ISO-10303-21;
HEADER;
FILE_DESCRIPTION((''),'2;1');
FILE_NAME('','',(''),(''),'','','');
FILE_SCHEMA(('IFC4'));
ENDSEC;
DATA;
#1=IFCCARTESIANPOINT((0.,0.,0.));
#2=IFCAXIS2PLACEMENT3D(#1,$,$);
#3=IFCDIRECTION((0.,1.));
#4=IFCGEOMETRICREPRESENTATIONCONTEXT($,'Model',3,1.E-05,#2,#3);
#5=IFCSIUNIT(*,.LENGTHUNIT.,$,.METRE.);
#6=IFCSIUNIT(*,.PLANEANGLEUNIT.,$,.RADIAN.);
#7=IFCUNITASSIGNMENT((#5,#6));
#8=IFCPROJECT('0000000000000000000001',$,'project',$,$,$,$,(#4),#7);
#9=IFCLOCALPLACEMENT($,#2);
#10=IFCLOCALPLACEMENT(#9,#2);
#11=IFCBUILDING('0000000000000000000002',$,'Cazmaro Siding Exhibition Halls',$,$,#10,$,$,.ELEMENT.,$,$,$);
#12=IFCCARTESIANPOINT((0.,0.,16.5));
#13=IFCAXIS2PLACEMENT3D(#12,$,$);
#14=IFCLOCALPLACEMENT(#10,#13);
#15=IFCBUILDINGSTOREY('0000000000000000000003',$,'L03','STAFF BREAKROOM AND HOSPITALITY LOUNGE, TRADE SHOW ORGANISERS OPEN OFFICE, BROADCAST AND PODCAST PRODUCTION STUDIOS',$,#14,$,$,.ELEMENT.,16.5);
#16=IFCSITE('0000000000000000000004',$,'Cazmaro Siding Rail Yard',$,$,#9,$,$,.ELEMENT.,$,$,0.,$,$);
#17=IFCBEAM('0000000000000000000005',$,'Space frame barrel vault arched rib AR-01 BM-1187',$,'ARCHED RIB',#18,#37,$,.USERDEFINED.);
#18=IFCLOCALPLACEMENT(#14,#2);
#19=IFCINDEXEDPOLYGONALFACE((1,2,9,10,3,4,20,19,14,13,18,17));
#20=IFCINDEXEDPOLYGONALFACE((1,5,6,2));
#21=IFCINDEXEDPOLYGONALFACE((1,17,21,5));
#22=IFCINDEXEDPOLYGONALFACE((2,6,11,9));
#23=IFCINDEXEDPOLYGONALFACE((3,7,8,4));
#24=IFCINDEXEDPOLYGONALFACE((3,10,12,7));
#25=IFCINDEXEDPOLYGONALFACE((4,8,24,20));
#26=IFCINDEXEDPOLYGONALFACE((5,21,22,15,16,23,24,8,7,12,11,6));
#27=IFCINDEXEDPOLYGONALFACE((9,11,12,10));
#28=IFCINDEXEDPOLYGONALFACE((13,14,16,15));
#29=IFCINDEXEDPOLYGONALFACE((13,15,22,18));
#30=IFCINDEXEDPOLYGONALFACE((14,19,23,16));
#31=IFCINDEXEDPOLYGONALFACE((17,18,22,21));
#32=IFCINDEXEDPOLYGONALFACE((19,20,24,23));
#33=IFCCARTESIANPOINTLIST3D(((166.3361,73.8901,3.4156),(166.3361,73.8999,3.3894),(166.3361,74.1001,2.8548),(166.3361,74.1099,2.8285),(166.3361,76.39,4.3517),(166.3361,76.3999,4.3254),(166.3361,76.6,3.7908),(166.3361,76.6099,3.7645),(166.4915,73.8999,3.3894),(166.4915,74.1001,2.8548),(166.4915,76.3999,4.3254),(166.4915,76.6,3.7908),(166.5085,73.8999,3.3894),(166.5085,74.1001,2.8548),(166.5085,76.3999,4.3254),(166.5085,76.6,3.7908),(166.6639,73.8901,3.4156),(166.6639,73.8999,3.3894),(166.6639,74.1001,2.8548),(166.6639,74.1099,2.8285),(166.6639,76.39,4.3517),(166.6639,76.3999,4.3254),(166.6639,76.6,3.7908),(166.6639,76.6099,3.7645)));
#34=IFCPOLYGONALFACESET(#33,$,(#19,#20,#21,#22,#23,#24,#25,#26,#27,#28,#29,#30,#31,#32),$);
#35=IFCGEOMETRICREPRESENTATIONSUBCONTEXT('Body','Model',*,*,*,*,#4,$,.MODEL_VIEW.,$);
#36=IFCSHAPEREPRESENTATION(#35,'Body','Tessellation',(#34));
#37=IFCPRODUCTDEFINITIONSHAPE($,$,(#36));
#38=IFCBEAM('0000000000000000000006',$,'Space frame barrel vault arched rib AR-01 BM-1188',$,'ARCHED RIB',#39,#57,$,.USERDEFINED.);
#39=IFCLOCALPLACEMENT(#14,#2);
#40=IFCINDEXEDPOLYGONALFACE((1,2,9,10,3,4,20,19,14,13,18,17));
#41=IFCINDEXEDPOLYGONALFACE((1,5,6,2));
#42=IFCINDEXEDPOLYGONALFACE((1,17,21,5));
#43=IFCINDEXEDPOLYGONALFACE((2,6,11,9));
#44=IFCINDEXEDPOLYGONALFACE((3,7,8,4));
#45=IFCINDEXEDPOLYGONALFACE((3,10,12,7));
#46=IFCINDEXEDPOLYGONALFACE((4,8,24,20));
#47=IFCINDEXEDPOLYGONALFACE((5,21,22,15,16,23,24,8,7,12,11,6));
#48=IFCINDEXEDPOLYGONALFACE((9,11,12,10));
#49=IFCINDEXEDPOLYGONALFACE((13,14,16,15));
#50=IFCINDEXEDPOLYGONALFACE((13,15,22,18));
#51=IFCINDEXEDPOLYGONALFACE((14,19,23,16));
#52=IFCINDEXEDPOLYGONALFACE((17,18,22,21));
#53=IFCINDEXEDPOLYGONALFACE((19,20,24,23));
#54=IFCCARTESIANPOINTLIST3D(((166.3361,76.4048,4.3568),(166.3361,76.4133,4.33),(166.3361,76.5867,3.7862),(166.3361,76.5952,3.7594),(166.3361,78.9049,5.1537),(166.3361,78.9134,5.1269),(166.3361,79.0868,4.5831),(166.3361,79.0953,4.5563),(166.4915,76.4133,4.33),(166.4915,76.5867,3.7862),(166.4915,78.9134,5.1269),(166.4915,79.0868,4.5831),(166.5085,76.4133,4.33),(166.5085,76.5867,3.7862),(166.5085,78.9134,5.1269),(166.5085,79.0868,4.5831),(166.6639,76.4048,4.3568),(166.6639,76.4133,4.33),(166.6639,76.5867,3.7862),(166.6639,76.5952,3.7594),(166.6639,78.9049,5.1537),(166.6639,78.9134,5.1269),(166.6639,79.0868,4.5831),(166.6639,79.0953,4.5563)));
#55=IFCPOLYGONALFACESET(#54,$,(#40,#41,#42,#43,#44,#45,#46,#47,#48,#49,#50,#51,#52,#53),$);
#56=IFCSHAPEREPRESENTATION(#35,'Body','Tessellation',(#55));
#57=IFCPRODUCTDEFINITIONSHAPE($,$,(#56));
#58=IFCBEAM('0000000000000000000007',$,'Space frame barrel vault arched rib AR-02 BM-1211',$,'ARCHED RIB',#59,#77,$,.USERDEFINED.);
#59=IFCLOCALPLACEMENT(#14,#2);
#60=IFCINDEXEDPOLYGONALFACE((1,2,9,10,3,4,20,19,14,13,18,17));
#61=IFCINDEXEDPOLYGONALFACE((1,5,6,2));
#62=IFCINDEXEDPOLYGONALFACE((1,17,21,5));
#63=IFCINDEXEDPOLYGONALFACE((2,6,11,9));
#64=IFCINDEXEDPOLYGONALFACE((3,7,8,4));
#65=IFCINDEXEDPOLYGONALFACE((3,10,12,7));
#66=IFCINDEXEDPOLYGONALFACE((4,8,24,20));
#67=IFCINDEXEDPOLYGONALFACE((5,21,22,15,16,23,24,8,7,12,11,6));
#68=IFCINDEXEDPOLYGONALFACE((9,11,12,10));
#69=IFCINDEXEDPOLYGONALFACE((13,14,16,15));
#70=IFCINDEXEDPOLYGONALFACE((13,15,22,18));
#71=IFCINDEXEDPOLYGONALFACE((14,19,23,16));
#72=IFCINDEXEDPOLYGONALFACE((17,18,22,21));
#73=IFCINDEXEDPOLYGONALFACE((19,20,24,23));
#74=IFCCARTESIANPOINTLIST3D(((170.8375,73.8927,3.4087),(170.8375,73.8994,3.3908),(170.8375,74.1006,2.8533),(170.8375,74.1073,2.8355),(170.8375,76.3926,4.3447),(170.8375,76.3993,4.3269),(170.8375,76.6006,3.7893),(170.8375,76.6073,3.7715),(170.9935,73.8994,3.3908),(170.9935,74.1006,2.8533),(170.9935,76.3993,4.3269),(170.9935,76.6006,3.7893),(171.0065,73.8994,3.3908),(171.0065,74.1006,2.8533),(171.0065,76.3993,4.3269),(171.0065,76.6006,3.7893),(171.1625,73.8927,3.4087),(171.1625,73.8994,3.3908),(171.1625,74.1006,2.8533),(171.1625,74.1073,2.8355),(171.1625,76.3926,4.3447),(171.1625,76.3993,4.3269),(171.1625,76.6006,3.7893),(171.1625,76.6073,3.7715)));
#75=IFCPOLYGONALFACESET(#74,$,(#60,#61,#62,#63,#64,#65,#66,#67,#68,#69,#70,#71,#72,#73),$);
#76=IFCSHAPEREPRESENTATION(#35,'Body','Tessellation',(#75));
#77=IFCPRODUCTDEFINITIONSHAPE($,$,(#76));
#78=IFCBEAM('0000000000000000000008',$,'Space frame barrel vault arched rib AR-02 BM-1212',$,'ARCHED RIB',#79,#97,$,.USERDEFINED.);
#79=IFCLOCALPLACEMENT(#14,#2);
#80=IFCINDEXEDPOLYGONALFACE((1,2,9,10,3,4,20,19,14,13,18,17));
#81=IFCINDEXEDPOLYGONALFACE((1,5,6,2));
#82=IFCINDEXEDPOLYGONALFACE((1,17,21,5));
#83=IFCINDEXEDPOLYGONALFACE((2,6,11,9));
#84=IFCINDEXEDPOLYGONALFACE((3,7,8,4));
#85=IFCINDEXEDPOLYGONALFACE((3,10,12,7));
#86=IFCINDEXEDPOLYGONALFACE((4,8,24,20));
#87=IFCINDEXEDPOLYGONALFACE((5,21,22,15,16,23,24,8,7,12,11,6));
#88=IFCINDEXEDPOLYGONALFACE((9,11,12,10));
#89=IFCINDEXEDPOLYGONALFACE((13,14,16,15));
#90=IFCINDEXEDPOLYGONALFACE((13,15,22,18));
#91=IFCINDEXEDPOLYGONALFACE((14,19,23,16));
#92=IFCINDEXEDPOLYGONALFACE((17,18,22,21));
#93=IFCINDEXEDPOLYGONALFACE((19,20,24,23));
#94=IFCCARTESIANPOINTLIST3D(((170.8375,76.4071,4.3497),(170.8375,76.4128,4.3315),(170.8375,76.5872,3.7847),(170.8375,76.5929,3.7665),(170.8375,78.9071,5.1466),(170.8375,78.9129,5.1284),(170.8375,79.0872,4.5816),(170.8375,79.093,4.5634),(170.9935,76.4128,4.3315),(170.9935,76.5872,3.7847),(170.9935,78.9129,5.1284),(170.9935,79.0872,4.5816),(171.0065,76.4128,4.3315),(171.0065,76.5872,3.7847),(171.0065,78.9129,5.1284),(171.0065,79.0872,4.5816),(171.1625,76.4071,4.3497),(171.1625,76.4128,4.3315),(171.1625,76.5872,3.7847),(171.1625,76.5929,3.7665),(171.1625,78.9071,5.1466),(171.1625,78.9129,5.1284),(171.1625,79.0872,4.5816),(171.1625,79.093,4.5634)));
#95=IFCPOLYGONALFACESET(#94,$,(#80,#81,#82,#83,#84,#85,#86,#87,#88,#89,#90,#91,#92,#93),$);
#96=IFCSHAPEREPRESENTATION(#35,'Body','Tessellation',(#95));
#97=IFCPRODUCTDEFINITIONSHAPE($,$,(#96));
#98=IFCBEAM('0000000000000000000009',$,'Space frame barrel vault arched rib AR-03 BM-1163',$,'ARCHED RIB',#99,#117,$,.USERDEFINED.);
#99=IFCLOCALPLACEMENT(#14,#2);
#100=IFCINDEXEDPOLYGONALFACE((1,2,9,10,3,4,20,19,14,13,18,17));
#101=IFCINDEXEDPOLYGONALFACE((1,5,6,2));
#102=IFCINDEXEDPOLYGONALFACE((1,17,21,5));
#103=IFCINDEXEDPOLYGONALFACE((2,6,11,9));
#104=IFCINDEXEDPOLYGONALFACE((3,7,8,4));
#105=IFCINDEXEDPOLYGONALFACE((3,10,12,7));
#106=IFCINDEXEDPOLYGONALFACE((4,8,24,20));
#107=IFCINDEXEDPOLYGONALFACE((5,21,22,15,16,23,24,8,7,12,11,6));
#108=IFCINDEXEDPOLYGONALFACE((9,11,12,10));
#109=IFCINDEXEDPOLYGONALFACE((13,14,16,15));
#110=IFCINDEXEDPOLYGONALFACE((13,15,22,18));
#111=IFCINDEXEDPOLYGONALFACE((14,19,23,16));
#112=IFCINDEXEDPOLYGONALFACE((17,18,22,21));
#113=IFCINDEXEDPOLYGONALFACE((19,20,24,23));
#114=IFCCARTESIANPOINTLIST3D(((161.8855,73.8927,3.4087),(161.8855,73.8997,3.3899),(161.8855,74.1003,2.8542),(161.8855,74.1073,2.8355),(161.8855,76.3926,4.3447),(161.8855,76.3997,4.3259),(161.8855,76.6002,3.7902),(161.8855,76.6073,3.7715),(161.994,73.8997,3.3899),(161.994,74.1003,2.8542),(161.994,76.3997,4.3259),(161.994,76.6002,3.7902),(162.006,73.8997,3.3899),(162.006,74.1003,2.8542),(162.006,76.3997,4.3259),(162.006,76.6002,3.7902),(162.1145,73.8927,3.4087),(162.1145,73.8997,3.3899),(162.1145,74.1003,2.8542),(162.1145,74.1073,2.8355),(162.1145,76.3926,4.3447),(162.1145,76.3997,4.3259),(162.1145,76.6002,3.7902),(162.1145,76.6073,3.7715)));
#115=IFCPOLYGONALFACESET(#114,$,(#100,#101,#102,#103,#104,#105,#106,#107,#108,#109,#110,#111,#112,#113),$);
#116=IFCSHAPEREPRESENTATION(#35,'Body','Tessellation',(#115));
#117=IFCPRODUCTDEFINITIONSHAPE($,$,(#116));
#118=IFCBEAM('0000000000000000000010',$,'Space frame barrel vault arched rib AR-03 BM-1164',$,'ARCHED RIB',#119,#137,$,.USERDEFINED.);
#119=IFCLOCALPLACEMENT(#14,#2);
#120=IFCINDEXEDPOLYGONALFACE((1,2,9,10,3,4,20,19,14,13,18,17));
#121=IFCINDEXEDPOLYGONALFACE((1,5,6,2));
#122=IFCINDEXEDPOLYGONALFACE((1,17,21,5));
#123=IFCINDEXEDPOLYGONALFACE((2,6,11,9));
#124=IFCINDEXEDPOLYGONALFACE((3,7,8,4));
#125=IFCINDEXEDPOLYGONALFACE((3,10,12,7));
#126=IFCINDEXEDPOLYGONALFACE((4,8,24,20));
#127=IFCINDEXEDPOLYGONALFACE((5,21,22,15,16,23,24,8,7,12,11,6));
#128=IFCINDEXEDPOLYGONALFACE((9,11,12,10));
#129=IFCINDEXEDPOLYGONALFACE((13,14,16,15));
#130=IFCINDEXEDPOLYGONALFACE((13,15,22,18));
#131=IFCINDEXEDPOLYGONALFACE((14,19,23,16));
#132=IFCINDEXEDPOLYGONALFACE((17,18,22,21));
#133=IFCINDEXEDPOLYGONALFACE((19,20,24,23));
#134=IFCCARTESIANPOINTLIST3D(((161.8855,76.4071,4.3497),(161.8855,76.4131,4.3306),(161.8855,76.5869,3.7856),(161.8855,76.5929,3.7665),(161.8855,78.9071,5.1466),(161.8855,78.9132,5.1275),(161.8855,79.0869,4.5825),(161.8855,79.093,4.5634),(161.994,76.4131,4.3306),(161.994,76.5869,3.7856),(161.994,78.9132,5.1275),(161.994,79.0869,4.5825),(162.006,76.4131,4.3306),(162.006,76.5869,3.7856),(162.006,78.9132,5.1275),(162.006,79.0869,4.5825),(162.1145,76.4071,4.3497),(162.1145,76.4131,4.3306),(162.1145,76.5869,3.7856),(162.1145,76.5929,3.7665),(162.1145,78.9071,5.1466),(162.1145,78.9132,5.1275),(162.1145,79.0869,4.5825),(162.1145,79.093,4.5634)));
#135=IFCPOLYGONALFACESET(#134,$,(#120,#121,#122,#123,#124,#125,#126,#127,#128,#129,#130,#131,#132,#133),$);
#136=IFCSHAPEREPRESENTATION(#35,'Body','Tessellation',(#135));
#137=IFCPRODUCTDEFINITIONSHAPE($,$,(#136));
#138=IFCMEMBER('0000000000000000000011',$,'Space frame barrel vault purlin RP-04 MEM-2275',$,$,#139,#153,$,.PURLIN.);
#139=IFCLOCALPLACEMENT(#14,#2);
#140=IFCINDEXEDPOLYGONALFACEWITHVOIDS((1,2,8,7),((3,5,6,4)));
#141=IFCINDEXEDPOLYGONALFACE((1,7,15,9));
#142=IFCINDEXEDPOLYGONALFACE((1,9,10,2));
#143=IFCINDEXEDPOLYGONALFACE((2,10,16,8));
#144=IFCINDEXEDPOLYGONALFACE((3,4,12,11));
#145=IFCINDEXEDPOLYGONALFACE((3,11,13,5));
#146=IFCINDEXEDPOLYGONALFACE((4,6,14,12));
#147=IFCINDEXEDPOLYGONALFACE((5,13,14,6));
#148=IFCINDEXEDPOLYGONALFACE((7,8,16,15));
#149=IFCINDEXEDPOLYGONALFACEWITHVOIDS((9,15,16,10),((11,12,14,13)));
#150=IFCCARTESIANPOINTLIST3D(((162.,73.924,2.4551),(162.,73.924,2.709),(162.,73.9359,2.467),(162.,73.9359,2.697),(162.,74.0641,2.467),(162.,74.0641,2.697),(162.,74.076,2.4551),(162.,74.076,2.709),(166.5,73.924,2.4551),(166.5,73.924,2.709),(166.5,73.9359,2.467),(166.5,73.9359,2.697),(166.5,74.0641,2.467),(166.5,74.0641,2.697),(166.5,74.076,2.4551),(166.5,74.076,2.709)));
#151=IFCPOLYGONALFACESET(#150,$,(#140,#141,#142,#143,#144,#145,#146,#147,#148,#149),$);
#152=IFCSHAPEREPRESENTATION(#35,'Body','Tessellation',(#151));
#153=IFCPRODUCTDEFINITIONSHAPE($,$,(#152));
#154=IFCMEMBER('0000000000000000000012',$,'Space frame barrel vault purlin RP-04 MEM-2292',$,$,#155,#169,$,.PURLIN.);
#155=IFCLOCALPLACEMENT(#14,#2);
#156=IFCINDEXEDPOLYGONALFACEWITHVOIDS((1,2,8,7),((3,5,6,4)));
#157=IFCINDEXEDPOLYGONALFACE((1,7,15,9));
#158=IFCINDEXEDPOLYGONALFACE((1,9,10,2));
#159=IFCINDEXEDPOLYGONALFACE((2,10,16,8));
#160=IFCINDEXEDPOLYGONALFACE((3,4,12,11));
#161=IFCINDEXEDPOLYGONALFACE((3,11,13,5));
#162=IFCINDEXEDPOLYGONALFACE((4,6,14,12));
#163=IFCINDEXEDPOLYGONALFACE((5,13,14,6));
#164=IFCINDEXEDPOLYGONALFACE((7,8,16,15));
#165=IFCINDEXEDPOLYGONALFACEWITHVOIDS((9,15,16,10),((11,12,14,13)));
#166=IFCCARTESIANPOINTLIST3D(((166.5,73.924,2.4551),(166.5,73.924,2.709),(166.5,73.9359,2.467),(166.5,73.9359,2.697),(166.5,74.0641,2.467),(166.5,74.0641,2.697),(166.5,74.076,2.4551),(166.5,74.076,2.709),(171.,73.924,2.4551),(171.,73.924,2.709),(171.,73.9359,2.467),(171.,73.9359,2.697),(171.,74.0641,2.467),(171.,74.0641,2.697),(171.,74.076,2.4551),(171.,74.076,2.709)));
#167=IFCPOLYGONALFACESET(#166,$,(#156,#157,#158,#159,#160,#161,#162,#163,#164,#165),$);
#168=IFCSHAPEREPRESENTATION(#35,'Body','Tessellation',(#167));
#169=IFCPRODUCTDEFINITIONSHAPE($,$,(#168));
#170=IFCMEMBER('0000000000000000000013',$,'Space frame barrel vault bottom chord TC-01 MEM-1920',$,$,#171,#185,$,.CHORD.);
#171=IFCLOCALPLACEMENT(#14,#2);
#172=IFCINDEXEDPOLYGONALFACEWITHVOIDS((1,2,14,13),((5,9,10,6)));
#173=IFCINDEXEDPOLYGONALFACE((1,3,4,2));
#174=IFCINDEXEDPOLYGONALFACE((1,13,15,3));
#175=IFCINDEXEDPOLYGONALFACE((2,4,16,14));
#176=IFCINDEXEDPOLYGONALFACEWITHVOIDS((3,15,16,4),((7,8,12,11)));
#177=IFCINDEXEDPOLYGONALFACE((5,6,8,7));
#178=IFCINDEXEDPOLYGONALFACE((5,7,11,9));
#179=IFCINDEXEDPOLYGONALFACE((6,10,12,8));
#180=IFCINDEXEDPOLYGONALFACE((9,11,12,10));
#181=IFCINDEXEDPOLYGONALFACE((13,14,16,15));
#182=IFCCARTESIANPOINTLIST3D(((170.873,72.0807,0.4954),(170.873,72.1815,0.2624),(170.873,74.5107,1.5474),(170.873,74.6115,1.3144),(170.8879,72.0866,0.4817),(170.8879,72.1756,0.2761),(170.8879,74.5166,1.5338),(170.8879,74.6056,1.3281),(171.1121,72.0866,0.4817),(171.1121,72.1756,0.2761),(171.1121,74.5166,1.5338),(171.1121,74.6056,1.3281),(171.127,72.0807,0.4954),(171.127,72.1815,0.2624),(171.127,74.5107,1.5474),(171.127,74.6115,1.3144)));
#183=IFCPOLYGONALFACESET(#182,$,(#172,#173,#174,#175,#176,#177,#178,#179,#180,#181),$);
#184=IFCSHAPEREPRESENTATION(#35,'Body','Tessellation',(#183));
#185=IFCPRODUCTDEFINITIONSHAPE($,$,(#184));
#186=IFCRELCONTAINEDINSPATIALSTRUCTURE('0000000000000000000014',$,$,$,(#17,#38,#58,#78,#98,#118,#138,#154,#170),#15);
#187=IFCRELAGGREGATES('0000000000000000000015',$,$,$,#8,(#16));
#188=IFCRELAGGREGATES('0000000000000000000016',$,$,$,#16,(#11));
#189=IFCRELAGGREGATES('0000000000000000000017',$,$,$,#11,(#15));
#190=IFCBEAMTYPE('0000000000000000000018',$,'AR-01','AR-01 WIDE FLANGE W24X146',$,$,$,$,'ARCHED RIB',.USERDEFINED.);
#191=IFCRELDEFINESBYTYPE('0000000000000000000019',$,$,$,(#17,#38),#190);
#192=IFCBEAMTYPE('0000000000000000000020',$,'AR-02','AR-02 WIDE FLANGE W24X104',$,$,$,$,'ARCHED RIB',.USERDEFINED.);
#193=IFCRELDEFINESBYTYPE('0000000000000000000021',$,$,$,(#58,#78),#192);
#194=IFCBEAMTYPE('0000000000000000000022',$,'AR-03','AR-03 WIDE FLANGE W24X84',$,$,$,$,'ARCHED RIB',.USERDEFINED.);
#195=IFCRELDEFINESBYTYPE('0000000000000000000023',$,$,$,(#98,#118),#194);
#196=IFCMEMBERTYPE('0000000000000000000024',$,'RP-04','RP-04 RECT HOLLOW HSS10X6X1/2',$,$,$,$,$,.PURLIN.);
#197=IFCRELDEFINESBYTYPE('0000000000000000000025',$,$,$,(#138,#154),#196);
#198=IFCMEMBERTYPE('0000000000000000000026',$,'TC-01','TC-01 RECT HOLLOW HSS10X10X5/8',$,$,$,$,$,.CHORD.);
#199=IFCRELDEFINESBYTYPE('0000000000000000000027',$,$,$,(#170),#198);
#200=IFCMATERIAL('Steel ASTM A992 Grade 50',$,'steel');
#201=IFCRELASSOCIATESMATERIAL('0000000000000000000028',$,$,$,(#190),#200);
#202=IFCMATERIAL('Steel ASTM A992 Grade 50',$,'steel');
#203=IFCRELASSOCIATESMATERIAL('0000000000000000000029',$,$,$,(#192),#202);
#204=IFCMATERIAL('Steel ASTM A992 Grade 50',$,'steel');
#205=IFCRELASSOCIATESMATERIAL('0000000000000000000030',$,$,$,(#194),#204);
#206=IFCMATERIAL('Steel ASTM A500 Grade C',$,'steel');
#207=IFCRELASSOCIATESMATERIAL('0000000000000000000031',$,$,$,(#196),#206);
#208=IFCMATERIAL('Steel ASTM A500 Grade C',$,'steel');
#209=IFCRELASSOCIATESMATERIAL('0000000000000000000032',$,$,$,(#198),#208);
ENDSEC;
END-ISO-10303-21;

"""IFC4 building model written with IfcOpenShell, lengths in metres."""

from ifc_helpers import new_model, si_unit, direction, frame, origin, origin_2d, place, context, subcontext, project, spatial, hollow_rectangle, i_section, extrude, material, material_profile, profile_set, type_object, element, save


model = new_model("IFC4")

# Units and contexts
model_context = context("Model", 3, precision=1e-05, world=origin(), true_north=direction((0.0, 1.0)))
body_context = subcontext(model_context, "Body", "Model", "MODEL_VIEW")
ifc_project = project(units=[si_unit("LENGTHUNIT", "METRE"), si_unit("PLANEANGLEUNIT", "RADIAN")], contexts=[model_context])

# Site, building, storey
site_placement = place(None, origin())
site = spatial("IfcSite", under=ifc_project, at=site_placement, Name="Cazmaro Siding Rail Yard", CompositionType="ELEMENT", RefElevation=0.0)
building_placement = place(site_placement, origin())
building = spatial("IfcBuilding", under=site, at=building_placement, Name="Cazmaro Siding Exhibition Halls", CompositionType="ELEMENT")
storey_placement = place(building_placement, frame((0.0, 0.0, 16.5)))
storey = spatial("IfcBuildingStorey", under=building, at=storey_placement, Name="L03", Description="STAFF BREAKROOM AND HOSPITALITY LOUNGE, TRADE SHOW ORGANISERS OPEN OFFICE, BROADCAST AND PODCAST PRODUCTION STUDIOS", CompositionType="ELEMENT", Elevation=16.5)

# Beams
ifc_material_1 = material(Name="Steel ASTM A992 Grade 50", Category="steel")
ifc_material_profile_1 = material_profile(ifc_material_1, i_section(OverallWidth=0.3279, OverallDepth=0.627, WebThickness=0.0171, FlangeThickness=0.0281, at=origin_2d()), Name="W24X146")
ifc_profile_set_1 = profile_set([ifc_material_profile_1], Name="Steel ASTM A992 Grade 50")
beam_type_1 = type_object("IfcBeamType", Name="AR-01", Description="AR-01 WIDE FLANGE W24X146", ElementType="ARCHED RIB", PredefinedType="USERDEFINED", material=ifc_profile_set_1)
beam_1_placement = place(storey_placement, frame((166.5, 74.0, 3.1221), z_axis=(0.0, 0.936509, 0.350642), x_axis=(-1.0, 0.0, 0.0)))
element("IfcBeam", 1, at=beam_1_placement, inside=storey, type_object=beam_type_1, Name="Space frame barrel vault arched rib AR-01 BM-1187", ObjectType="ARCHED RIB", PredefinedType="USERDEFINED", context=body_context, shape_type="SweptSolid", body=[
    extrude(i_section(OverallWidth=0.3279, OverallDepth=0.627, WebThickness=0.0171, FlangeThickness=0.0281, at=origin_2d()), origin(), (0.0, 0.0, 1.0), 2.6694),
])
beam_2_placement = place(storey_placement, frame((166.5, 76.5, 4.0581), z_axis=(0.0, 0.952769, 0.303695), x_axis=(-1.0, 0.0, 0.0)))
element("IfcBeam", 2, at=beam_2_placement, inside=storey, type_object=beam_type_1, Name="Space frame barrel vault arched rib AR-01 BM-1188", ObjectType="ARCHED RIB", PredefinedType="USERDEFINED", context=body_context, shape_type="SweptSolid", body=[
    extrude(i_section(OverallWidth=0.3279, OverallDepth=0.627, WebThickness=0.0171, FlangeThickness=0.0281, at=origin_2d()), origin(), (0.0, 0.0, 1.0), 2.624),
])
ifc_material_2 = material(Name="Steel ASTM A992 Grade 50", Category="steel")
ifc_material_profile_2 = material_profile(ifc_material_2, i_section(OverallWidth=0.325, OverallDepth=0.6121, WebThickness=0.0129, FlangeThickness=0.019, at=origin_2d()), Name="W24X104")
ifc_profile_set_2 = profile_set([ifc_material_profile_2], Name="Steel ASTM A992 Grade 50")
beam_type_2 = type_object("IfcBeamType", Name="AR-02", Description="AR-02 WIDE FLANGE W24X104", ElementType="ARCHED RIB", PredefinedType="USERDEFINED", material=ifc_profile_set_2)
beam_3_placement = place(storey_placement, frame((171.0, 74.0, 3.1221), z_axis=(0.0, 0.936509, 0.350642), x_axis=(-1.0, 0.0, 0.0)))
element("IfcBeam", 3, at=beam_3_placement, inside=storey, type_object=beam_type_2, Name="Space frame barrel vault arched rib AR-02 BM-1211", ObjectType="ARCHED RIB", PredefinedType="USERDEFINED", context=body_context, shape_type="SweptSolid", body=[
    extrude(i_section(OverallWidth=0.325, OverallDepth=0.6121, WebThickness=0.0129, FlangeThickness=0.019, at=origin_2d()), origin(), (0.0, 0.0, 1.0), 2.6694),
])
beam_4_placement = place(storey_placement, frame((171.0, 76.5, 4.0581), z_axis=(0.0, 0.952769, 0.303695), x_axis=(-1.0, 0.0, 0.0)))
element("IfcBeam", 4, at=beam_4_placement, inside=storey, type_object=beam_type_2, Name="Space frame barrel vault arched rib AR-02 BM-1212", ObjectType="ARCHED RIB", PredefinedType="USERDEFINED", context=body_context, shape_type="SweptSolid", body=[
    extrude(i_section(OverallWidth=0.325, OverallDepth=0.6121, WebThickness=0.0129, FlangeThickness=0.019, at=origin_2d()), origin(), (0.0, 0.0, 1.0), 2.624),
])
ifc_material_3 = material(Name="Steel ASTM A992 Grade 50", Category="steel")
ifc_material_profile_3 = material_profile(ifc_material_3, i_section(OverallWidth=0.229, OverallDepth=0.6121, WebThickness=0.012, FlangeThickness=0.02, at=origin_2d()), Name="W24X84")
ifc_profile_set_3 = profile_set([ifc_material_profile_3], Name="Steel ASTM A992 Grade 50")
beam_type_3 = type_object("IfcBeamType", Name="AR-03", Description="AR-03 WIDE FLANGE W24X84", ElementType="ARCHED RIB", PredefinedType="USERDEFINED", material=ifc_profile_set_3)
beam_5_placement = place(storey_placement, frame((162.0, 74.0, 3.1221), z_axis=(0.0, 0.936509, 0.350642), x_axis=(-1.0, 0.0, 0.0)))
element("IfcBeam", 5, at=beam_5_placement, inside=storey, type_object=beam_type_3, Name="Space frame barrel vault arched rib AR-03 BM-1163", ObjectType="ARCHED RIB", PredefinedType="USERDEFINED", context=body_context, shape_type="SweptSolid", body=[
    extrude(i_section(OverallWidth=0.229, OverallDepth=0.6121, WebThickness=0.012, FlangeThickness=0.02, at=origin_2d()), origin(), (0.0, 0.0, 1.0), 2.6694),
])
beam_6_placement = place(storey_placement, frame((162.0, 76.5, 4.0581), z_axis=(0.0, 0.952769, 0.303695), x_axis=(-1.0, 0.0, 0.0)))
element("IfcBeam", 6, at=beam_6_placement, inside=storey, type_object=beam_type_3, Name="Space frame barrel vault arched rib AR-03 BM-1164", ObjectType="ARCHED RIB", PredefinedType="USERDEFINED", context=body_context, shape_type="SweptSolid", body=[
    extrude(i_section(OverallWidth=0.229, OverallDepth=0.6121, WebThickness=0.012, FlangeThickness=0.02, at=origin_2d()), origin(), (0.0, 0.0, 1.0), 2.624),
])

# Members
ifc_material_4 = material(Name="Steel ASTM A500 Grade C", Category="steel")
ifc_material_profile_4 = material_profile(ifc_material_4, hollow_rectangle(XDim=0.1521, YDim=0.2539, WallThickness=0.012, at=origin_2d()), Name="HSS10X6X1/2")
ifc_profile_set_4 = profile_set([ifc_material_profile_4], Name="Steel ASTM A500 Grade C")
member_type_1 = type_object("IfcMemberType", Name="RP-04", Description="RP-04 RECT HOLLOW HSS10X6X1/2", PredefinedType="PURLIN", material=ifc_profile_set_4)
for number, where, z_axis, x_axis, name in (
    (7, (162.0, 74.0, 2.582), (1.0, 0.0, 0.0), (0.0, 1.0, 0.0), "Space frame barrel vault purlin RP-04 MEM-2275"),
    (8, (166.5, 74.0, 2.582), (1.0, 0.0, 0.0), (0.0, 1.0, 0.0), "Space frame barrel vault purlin RP-04 MEM-2292"),
):
    element("IfcMember", number, at=place(storey_placement, frame(where, z_axis=z_axis, x_axis=x_axis)), inside=storey, type_object=member_type_1, Name=name, PredefinedType="PURLIN", context=body_context, shape_type="SweptSolid", body=[
        extrude(hollow_rectangle(XDim=0.1521, YDim=0.2539, WallThickness=0.012, at=origin_2d()), origin(), (0.0, 0.0, 1.0), 4.5),
    ])
ifc_material_5 = material(Name="Steel ASTM A500 Grade C", Category="steel")
ifc_material_profile_5 = material_profile(ifc_material_5, hollow_rectangle(XDim=0.2539, YDim=0.2539, WallThickness=0.0149, at=origin_2d()), Name="HSS10X10X5/8")
ifc_profile_set_5 = profile_set([ifc_material_profile_5], Name="Steel ASTM A500 Grade C")
member_type_2 = type_object("IfcMemberType", Name="TC-01", Description="TC-01 RECT HOLLOW HSS10X10X5/8", PredefinedType="CHORD", material=ifc_profile_set_5)
member_1_placement = place(storey_placement, frame((171.0, 72.1311, 0.3789), z_axis=(0.0, 0.917689, 0.397299), x_axis=(-1.0, 0.0, 0.0)))
element("IfcMember", 9, at=member_1_placement, inside=storey, type_object=member_type_2, Name="Space frame barrel vault bottom chord TC-01 MEM-1920", PredefinedType="CHORD", context=body_context, shape_type="SweptSolid", body=[
    extrude(hollow_rectangle(XDim=0.2539, YDim=0.2539, WallThickness=0.0149, at=origin_2d()), origin(), (0.0, 0.0, 1.0), 2.6479),
])

save(model, "model.ifc")
